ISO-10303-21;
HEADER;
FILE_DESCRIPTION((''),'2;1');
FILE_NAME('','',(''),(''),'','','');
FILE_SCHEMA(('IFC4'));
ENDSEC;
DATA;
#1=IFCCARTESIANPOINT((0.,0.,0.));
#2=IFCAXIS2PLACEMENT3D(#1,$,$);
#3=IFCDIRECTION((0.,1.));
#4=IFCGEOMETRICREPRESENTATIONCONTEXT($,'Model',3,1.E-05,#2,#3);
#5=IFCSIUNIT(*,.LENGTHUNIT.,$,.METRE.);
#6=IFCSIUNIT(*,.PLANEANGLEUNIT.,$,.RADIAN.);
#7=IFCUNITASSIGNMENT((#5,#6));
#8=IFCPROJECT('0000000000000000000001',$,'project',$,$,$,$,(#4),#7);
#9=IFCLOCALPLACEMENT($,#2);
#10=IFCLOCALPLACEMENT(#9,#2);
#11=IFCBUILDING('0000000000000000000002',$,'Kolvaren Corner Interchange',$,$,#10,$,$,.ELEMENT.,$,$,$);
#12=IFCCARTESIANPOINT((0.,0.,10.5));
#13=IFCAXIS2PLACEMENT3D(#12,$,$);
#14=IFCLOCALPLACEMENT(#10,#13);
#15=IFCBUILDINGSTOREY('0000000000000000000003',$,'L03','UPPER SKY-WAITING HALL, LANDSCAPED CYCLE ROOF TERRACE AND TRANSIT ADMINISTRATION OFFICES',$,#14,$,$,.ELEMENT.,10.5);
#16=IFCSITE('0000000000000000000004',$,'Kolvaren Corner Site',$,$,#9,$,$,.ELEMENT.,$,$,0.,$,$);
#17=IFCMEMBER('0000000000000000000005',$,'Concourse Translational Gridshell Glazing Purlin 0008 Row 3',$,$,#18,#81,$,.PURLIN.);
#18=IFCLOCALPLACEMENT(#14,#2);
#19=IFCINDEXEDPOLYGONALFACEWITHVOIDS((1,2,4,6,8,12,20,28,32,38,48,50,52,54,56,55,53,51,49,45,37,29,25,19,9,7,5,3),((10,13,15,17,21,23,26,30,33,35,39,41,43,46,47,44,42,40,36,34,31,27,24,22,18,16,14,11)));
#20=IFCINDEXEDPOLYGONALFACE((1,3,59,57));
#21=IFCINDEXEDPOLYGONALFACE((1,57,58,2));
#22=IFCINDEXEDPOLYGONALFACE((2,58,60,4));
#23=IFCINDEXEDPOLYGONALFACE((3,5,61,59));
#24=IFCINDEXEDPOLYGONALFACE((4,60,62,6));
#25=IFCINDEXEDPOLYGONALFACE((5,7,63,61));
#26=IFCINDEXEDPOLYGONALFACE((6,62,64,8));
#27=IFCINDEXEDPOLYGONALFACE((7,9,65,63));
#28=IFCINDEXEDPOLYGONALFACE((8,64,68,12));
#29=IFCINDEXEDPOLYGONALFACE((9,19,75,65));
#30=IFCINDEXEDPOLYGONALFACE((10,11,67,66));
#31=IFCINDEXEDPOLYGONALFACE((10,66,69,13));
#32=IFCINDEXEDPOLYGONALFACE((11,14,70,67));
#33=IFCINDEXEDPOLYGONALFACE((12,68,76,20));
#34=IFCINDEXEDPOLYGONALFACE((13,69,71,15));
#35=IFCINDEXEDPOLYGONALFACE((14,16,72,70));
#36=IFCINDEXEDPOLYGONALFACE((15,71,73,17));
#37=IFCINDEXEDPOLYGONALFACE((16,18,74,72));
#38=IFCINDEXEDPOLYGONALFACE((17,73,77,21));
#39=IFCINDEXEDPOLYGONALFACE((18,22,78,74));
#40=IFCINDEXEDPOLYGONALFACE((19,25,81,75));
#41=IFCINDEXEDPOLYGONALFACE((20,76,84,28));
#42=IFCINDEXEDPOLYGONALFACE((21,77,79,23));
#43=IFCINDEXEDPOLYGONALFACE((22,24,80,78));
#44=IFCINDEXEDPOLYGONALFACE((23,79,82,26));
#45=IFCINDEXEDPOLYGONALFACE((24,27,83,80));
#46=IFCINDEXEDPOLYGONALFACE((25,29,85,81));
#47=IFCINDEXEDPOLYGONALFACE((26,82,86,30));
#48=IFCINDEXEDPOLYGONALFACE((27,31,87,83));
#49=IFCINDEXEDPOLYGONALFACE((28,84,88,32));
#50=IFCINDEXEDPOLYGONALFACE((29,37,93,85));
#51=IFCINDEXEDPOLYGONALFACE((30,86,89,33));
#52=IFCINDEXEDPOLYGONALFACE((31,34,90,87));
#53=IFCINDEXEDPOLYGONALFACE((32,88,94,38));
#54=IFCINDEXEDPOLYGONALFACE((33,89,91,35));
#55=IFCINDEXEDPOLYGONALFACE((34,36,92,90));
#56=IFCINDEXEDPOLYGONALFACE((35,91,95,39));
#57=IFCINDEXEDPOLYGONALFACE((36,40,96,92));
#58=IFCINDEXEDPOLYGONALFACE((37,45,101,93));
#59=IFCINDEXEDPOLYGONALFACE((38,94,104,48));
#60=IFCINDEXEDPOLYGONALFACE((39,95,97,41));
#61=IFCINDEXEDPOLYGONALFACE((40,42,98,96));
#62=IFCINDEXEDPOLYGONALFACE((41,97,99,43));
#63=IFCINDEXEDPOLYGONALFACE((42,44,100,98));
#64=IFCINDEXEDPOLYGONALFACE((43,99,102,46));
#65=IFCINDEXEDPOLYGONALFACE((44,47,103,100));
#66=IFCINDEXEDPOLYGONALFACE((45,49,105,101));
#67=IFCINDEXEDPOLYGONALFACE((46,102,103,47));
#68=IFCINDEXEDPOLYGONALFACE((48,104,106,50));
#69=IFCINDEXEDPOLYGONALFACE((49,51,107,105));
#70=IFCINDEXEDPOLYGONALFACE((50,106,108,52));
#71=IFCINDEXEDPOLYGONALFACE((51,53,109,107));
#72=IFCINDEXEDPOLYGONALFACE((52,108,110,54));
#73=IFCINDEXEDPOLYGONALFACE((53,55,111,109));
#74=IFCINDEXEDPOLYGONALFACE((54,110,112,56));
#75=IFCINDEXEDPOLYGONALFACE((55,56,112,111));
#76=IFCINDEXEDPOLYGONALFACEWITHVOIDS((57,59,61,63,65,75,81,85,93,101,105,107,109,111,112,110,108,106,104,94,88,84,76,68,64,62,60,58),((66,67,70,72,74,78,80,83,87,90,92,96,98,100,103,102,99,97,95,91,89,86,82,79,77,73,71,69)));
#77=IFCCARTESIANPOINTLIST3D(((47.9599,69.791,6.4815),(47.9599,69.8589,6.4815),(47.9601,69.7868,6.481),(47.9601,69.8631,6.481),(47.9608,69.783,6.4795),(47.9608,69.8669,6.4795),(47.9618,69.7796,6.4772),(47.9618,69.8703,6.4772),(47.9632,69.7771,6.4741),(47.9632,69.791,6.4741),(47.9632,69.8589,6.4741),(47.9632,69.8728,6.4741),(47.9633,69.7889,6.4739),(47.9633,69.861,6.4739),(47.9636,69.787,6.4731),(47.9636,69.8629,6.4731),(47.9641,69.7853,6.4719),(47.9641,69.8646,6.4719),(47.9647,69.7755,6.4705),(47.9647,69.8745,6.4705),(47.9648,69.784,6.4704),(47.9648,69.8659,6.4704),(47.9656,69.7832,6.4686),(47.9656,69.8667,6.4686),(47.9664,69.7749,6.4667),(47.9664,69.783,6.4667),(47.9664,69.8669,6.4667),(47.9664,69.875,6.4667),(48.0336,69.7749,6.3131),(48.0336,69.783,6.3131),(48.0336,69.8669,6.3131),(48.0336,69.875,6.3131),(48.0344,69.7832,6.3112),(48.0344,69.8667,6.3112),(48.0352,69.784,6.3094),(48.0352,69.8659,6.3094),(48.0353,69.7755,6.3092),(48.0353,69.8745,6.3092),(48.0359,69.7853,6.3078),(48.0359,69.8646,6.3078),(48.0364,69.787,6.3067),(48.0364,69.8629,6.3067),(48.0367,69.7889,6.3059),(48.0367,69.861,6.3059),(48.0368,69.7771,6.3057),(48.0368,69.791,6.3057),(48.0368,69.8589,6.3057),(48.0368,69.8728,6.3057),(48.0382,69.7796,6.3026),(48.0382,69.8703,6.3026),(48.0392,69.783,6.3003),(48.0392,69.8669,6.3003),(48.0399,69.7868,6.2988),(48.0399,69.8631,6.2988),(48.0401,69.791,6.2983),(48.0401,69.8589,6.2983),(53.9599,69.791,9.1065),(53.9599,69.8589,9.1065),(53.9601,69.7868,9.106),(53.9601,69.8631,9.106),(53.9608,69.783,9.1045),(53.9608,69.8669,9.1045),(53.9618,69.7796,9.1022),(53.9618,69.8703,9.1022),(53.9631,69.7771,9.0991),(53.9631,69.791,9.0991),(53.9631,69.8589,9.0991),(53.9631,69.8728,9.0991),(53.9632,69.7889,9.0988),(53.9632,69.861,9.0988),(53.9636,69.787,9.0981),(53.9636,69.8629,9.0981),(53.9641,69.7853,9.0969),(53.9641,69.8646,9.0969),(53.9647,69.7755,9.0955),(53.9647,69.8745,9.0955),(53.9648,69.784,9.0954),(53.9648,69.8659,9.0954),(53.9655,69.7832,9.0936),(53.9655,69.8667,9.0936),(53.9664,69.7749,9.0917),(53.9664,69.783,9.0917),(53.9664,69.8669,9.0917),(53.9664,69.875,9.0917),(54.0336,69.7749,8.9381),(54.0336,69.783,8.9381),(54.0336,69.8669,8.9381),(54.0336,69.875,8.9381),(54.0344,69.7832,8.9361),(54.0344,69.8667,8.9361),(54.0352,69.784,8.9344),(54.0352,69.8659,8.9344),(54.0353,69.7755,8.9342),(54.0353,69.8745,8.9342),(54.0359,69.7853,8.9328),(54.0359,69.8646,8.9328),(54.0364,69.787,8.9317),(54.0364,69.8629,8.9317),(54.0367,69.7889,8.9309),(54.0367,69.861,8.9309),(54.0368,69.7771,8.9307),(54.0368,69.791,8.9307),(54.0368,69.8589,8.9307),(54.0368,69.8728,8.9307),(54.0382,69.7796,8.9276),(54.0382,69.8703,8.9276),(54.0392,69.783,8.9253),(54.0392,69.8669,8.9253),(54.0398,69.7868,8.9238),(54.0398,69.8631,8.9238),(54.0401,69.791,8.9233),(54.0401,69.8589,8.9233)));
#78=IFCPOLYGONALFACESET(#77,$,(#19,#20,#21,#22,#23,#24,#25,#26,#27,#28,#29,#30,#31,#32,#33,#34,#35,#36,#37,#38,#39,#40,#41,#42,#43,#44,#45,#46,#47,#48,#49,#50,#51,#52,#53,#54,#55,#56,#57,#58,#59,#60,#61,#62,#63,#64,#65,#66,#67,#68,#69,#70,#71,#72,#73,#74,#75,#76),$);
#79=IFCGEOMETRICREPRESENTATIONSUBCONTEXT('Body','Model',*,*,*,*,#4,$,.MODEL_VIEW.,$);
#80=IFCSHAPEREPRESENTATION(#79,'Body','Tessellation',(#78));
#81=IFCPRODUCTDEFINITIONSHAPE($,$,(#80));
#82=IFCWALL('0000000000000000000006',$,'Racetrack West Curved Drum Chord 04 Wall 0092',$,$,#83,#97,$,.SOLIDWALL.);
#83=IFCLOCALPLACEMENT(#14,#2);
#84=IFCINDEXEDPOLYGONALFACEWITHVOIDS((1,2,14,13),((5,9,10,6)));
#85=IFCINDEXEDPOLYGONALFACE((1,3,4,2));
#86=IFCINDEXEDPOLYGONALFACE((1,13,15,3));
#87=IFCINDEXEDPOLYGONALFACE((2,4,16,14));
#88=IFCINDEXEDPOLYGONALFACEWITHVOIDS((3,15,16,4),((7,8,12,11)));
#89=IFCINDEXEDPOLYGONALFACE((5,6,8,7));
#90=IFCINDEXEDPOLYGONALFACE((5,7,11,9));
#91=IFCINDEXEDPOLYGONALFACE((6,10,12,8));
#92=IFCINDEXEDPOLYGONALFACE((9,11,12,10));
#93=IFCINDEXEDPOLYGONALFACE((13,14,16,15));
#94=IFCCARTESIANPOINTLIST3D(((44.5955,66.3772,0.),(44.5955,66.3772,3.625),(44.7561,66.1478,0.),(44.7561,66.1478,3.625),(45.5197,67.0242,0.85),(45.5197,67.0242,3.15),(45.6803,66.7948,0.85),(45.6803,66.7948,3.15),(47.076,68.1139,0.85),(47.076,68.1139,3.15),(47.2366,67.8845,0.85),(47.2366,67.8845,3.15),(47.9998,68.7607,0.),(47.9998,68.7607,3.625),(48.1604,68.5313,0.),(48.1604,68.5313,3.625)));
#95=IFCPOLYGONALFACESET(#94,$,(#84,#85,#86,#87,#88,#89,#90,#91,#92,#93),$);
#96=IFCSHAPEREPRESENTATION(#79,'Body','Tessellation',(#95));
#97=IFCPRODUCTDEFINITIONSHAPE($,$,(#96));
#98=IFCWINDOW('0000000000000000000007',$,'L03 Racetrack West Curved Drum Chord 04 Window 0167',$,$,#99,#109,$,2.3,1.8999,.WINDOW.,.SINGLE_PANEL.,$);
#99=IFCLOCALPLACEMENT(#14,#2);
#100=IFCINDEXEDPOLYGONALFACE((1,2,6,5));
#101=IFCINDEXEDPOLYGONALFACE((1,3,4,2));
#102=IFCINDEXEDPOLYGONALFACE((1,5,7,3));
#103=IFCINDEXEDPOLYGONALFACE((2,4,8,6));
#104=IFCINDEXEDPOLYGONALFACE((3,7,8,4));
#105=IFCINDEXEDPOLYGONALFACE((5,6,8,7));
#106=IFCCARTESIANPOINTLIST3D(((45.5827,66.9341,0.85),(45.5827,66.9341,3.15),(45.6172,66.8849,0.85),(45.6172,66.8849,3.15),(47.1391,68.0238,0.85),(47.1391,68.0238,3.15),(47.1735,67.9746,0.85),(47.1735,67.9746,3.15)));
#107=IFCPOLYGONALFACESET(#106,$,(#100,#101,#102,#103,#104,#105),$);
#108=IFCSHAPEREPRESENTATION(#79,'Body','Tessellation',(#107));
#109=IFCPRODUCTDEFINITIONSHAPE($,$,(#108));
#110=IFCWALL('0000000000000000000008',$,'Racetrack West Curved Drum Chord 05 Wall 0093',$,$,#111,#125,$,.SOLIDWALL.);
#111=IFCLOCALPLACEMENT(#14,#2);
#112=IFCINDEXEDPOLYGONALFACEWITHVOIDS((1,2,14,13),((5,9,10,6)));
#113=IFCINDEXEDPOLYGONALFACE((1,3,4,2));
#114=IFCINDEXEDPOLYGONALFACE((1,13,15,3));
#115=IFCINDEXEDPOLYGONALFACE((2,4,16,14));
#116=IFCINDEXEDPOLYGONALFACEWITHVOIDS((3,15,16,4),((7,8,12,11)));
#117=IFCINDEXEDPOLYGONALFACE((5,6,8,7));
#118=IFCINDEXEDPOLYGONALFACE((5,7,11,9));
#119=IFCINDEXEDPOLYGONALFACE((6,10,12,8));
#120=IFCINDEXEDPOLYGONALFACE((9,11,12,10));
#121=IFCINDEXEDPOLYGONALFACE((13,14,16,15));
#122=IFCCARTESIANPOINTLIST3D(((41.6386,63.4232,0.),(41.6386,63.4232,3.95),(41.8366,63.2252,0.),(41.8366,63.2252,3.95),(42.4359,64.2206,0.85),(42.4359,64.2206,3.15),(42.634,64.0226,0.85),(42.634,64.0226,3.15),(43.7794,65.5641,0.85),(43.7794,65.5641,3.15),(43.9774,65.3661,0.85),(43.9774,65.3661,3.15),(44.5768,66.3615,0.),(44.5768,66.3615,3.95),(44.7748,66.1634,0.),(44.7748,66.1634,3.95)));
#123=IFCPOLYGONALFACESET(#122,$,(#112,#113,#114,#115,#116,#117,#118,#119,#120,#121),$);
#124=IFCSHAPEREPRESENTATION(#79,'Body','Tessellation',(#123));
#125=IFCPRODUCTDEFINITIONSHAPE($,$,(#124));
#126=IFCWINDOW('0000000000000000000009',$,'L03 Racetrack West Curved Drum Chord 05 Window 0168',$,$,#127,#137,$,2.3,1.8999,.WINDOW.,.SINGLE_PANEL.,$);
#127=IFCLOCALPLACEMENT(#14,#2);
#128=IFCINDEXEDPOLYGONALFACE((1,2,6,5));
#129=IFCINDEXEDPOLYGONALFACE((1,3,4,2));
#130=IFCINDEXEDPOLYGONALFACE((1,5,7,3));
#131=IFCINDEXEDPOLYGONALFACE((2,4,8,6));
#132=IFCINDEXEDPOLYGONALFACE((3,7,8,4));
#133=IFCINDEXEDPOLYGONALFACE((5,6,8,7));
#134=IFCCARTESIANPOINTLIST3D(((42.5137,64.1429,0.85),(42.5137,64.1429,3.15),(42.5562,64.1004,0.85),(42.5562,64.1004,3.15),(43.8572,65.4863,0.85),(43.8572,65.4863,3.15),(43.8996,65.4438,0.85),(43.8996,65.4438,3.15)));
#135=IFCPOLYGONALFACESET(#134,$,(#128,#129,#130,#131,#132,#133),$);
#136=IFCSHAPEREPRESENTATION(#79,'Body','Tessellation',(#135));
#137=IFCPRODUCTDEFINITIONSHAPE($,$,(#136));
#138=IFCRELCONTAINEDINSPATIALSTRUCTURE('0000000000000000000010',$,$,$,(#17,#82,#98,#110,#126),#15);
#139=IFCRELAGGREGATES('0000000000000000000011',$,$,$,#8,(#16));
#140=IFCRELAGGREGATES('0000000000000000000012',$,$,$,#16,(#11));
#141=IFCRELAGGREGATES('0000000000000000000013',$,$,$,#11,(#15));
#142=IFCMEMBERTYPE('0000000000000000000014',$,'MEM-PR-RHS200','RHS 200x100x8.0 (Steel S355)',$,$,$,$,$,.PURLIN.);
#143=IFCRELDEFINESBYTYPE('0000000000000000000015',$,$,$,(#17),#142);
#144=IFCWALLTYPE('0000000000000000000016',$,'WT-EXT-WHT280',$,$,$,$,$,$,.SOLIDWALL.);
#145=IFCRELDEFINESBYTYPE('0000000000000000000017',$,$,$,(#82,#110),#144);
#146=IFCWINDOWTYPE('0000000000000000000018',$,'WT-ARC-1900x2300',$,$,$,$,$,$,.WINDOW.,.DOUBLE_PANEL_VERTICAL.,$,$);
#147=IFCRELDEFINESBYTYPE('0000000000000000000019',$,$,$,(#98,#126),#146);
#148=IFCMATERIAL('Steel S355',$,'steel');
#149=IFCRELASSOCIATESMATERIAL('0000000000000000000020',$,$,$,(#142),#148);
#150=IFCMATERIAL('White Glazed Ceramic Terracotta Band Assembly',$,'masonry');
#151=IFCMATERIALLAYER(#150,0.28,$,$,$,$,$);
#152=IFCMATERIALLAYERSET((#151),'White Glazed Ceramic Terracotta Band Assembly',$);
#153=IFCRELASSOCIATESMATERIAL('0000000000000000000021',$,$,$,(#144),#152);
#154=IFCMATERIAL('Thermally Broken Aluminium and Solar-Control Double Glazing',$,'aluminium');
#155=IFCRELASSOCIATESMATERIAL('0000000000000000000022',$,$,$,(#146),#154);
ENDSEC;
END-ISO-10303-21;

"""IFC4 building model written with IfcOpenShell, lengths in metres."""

from ifc_helpers import new_model, si_unit, direction, frame, frame_2d, origin, origin_2d, place, context, subcontext, project, spatial, rectangle, hollow_rectangle, extrude, material, layer, layer_set, material_profile, profile_set, type_object, element, fill, save


model = new_model("IFC4")

# Units and contexts
model_context = context("Model", 3, precision=1e-05, world=origin(), true_north=direction((0.0, 1.0)))
body_context = subcontext(model_context, "Body", "Model", "MODEL_VIEW")
ifc_project = project(units=[si_unit("LENGTHUNIT", "METRE"), si_unit("PLANEANGLEUNIT", "RADIAN")], contexts=[model_context])

# Site, building, storey
site_placement = place(None, origin())
site = spatial("IfcSite", under=ifc_project, at=site_placement, Name="Kolvaren Corner Site", CompositionType="ELEMENT", RefElevation=0.0)
building_placement = place(site_placement, origin())
building = spatial("IfcBuilding", under=site, at=building_placement, Name="Kolvaren Corner Interchange", CompositionType="ELEMENT")
storey_placement = place(building_placement, frame((0.0, 0.0, 10.5)))
storey = spatial("IfcBuildingStorey", under=building, at=storey_placement, Name="L03", Description="UPPER SKY-WAITING HALL, LANDSCAPED CYCLE ROOF TERRACE AND TRANSIT ADMINISTRATION OFFICES", CompositionType="ELEMENT", Elevation=10.5)

# Member
ifc_material_1 = material(Name="Steel S355", Category="steel")
ifc_material_profile_1 = material_profile(ifc_material_1, hollow_rectangle(XDim=0.1001, YDim=0.2, WallThickness=0.0081, InnerFilletRadius=0.0081, OuterFilletRadius=0.0161, at=origin_2d()), Name="RHS 200x100x8.0")
ifc_profile_set_1 = profile_set([ifc_material_profile_1], Name="Steel S355")
member_type_1 = type_object("IfcMemberType", Name="MEM-PR-RHS200", Description="RHS 200x100x8.0 (Steel S355)", PredefinedType="PURLIN", material=ifc_profile_set_1)
for number, where, z_axis, x_axis, name in (
    (1, (48.0, 69.825, 6.3899), (0.916157, 0.0, 0.400819), (0.0, 1.0, 0.0), "Concourse Translational Gridshell Glazing Purlin 0008 Row 3"),
):
    element("IfcMember", number, at=place(storey_placement, frame(where, z_axis=z_axis, x_axis=x_axis)), inside=storey, type_object=member_type_1, Name=name, PredefinedType="PURLIN", context=body_context, shape_type="SweptSolid", body=[
        extrude(hollow_rectangle(XDim=0.1001, YDim=0.2, WallThickness=0.0081, InnerFilletRadius=0.0081, OuterFilletRadius=0.0161, at=origin_2d()), origin(), (0.0, 0.0, 1.0), 6.5491),
    ])

# Walls, openings, windows
ifc_material_2 = material(Name="White Glazed Ceramic Terracotta Band Assembly", Category="masonry")
ifc_layer = layer(ifc_material_2, 0.28)
ifc_layer_set = layer_set([ifc_layer], Name="White Glazed Ceramic Terracotta Band Assembly")
wall_type = type_object("IfcWallType", Name="WT-EXT-WHT280", PredefinedType="SOLIDWALL", material=ifc_layer_set)
wall_1_placement = place(storey_placement, frame((48.0801, 68.646, 0.0), z_axis=(0.0, 0.0, 1.0), x_axis=(-0.819171, -0.573549, 0.0)))
wall_1 = element("IfcWall", 2, at=wall_1_placement, inside=storey, type_object=wall_type, Name="Racetrack West Curved Drum Chord 04 Wall 0092", PredefinedType="SOLIDWALL", context=body_context, shape_type="SweptSolid", body=[
    extrude(rectangle(XDim=4.1558, YDim=0.28, at=frame_2d((2.0779, 0.0))), origin(), (0.0, 0.0, 1.0), 3.625),
])
opening_1_placement = place(wall_1_placement, frame((1.1277, 0.0, 0.8501)))
opening_1 = element("IfcOpeningElement", 3, at=opening_1_placement, cuts=wall_1, PredefinedType="OPENING", context=body_context, shape_type="SweptSolid", body=[
    extrude(rectangle(XDim=1.8999, YDim=2.3, at=frame_2d((0.95, 1.1499))), frame((0.0, 0.1499, 0.0), z_axis=(0.0, -1.0, 0.0), x_axis=(1.0, 0.0, 0.0)), (0.0, 0.0, 1.0), 0.3),
])
ifc_material_3 = material(Name="Thermally Broken Aluminium and Solar-Control Double Glazing", Category="aluminium")
window_type = type_object("IfcWindowType", Name="WT-ARC-1900x2300", PartitioningType="DOUBLE_PANEL_VERTICAL", PredefinedType="WINDOW", material=ifc_material_3)
window_1_placement = place(opening_1_placement, origin())
window_1 = element("IfcWindow", 4, at=window_1_placement, inside=storey, type_object=window_type, Name="L03 Racetrack West Curved Drum Chord 04 Window 0167", OverallHeight=2.3, OverallWidth=1.8999, PartitioningType="SINGLE_PANEL", PredefinedType="WINDOW", context=body_context, shape_type="SweptSolid", body=[
    extrude(rectangle(XDim=1.8999, YDim=2.3, at=frame_2d((0.95, 1.1499))), frame((0.0, 0.03, 0.0), z_axis=(0.0, -1.0, 0.0), x_axis=(1.0, 0.0, 0.0)), (0.0, 0.0, 1.0), 0.0601),
])
fill(opening_1, window_1)
wall_2_placement = place(storey_placement, frame((44.6758, 66.2625, 0.0), z_axis=(0.0, 0.0, 1.0), x_axis=(-0.707107, -0.707107, 0.0)))
wall_2 = element("IfcWall", 5, at=wall_2_placement, inside=storey, type_object=wall_type, Name="Racetrack West Curved Drum Chord 05 Wall 0093", PredefinedType="SOLIDWALL", context=body_context, shape_type="SweptSolid", body=[
    extrude(rectangle(XDim=4.1553, YDim=0.28, at=frame_2d((2.0776, 0.0))), origin(), (0.0, 0.0, 1.0), 3.95),
])
opening_2_placement = place(wall_2_placement, frame((1.1277, 0.0, 0.8501)))
opening_2 = element("IfcOpeningElement", 6, at=opening_2_placement, cuts=wall_2, PredefinedType="OPENING", context=body_context, shape_type="SweptSolid", body=[
    extrude(rectangle(XDim=1.8999, YDim=2.3, at=frame_2d((0.95, 1.1499))), frame((0.0, 0.1499, 0.0), z_axis=(0.0, -1.0, 0.0), x_axis=(1.0, 0.0, 0.0)), (0.0, 0.0, 1.0), 0.3),
])
window_2_placement = place(opening_2_placement, origin())
window_2 = element("IfcWindow", 7, at=window_2_placement, inside=storey, type_object=window_type, Name="L03 Racetrack West Curved Drum Chord 05 Window 0168", OverallHeight=2.3, OverallWidth=1.8999, PartitioningType="SINGLE_PANEL", PredefinedType="WINDOW", context=body_context, shape_type="SweptSolid", body=[
    extrude(rectangle(XDim=1.8999, YDim=2.3, at=frame_2d((0.95, 1.1499))), frame((0.0, 0.03, 0.0), z_axis=(0.0, -1.0, 0.0), x_axis=(1.0, 0.0, 0.0)), (0.0, 0.0, 1.0), 0.0601),
])
fill(opening_2, window_2)

save(model, "model.ifc")
